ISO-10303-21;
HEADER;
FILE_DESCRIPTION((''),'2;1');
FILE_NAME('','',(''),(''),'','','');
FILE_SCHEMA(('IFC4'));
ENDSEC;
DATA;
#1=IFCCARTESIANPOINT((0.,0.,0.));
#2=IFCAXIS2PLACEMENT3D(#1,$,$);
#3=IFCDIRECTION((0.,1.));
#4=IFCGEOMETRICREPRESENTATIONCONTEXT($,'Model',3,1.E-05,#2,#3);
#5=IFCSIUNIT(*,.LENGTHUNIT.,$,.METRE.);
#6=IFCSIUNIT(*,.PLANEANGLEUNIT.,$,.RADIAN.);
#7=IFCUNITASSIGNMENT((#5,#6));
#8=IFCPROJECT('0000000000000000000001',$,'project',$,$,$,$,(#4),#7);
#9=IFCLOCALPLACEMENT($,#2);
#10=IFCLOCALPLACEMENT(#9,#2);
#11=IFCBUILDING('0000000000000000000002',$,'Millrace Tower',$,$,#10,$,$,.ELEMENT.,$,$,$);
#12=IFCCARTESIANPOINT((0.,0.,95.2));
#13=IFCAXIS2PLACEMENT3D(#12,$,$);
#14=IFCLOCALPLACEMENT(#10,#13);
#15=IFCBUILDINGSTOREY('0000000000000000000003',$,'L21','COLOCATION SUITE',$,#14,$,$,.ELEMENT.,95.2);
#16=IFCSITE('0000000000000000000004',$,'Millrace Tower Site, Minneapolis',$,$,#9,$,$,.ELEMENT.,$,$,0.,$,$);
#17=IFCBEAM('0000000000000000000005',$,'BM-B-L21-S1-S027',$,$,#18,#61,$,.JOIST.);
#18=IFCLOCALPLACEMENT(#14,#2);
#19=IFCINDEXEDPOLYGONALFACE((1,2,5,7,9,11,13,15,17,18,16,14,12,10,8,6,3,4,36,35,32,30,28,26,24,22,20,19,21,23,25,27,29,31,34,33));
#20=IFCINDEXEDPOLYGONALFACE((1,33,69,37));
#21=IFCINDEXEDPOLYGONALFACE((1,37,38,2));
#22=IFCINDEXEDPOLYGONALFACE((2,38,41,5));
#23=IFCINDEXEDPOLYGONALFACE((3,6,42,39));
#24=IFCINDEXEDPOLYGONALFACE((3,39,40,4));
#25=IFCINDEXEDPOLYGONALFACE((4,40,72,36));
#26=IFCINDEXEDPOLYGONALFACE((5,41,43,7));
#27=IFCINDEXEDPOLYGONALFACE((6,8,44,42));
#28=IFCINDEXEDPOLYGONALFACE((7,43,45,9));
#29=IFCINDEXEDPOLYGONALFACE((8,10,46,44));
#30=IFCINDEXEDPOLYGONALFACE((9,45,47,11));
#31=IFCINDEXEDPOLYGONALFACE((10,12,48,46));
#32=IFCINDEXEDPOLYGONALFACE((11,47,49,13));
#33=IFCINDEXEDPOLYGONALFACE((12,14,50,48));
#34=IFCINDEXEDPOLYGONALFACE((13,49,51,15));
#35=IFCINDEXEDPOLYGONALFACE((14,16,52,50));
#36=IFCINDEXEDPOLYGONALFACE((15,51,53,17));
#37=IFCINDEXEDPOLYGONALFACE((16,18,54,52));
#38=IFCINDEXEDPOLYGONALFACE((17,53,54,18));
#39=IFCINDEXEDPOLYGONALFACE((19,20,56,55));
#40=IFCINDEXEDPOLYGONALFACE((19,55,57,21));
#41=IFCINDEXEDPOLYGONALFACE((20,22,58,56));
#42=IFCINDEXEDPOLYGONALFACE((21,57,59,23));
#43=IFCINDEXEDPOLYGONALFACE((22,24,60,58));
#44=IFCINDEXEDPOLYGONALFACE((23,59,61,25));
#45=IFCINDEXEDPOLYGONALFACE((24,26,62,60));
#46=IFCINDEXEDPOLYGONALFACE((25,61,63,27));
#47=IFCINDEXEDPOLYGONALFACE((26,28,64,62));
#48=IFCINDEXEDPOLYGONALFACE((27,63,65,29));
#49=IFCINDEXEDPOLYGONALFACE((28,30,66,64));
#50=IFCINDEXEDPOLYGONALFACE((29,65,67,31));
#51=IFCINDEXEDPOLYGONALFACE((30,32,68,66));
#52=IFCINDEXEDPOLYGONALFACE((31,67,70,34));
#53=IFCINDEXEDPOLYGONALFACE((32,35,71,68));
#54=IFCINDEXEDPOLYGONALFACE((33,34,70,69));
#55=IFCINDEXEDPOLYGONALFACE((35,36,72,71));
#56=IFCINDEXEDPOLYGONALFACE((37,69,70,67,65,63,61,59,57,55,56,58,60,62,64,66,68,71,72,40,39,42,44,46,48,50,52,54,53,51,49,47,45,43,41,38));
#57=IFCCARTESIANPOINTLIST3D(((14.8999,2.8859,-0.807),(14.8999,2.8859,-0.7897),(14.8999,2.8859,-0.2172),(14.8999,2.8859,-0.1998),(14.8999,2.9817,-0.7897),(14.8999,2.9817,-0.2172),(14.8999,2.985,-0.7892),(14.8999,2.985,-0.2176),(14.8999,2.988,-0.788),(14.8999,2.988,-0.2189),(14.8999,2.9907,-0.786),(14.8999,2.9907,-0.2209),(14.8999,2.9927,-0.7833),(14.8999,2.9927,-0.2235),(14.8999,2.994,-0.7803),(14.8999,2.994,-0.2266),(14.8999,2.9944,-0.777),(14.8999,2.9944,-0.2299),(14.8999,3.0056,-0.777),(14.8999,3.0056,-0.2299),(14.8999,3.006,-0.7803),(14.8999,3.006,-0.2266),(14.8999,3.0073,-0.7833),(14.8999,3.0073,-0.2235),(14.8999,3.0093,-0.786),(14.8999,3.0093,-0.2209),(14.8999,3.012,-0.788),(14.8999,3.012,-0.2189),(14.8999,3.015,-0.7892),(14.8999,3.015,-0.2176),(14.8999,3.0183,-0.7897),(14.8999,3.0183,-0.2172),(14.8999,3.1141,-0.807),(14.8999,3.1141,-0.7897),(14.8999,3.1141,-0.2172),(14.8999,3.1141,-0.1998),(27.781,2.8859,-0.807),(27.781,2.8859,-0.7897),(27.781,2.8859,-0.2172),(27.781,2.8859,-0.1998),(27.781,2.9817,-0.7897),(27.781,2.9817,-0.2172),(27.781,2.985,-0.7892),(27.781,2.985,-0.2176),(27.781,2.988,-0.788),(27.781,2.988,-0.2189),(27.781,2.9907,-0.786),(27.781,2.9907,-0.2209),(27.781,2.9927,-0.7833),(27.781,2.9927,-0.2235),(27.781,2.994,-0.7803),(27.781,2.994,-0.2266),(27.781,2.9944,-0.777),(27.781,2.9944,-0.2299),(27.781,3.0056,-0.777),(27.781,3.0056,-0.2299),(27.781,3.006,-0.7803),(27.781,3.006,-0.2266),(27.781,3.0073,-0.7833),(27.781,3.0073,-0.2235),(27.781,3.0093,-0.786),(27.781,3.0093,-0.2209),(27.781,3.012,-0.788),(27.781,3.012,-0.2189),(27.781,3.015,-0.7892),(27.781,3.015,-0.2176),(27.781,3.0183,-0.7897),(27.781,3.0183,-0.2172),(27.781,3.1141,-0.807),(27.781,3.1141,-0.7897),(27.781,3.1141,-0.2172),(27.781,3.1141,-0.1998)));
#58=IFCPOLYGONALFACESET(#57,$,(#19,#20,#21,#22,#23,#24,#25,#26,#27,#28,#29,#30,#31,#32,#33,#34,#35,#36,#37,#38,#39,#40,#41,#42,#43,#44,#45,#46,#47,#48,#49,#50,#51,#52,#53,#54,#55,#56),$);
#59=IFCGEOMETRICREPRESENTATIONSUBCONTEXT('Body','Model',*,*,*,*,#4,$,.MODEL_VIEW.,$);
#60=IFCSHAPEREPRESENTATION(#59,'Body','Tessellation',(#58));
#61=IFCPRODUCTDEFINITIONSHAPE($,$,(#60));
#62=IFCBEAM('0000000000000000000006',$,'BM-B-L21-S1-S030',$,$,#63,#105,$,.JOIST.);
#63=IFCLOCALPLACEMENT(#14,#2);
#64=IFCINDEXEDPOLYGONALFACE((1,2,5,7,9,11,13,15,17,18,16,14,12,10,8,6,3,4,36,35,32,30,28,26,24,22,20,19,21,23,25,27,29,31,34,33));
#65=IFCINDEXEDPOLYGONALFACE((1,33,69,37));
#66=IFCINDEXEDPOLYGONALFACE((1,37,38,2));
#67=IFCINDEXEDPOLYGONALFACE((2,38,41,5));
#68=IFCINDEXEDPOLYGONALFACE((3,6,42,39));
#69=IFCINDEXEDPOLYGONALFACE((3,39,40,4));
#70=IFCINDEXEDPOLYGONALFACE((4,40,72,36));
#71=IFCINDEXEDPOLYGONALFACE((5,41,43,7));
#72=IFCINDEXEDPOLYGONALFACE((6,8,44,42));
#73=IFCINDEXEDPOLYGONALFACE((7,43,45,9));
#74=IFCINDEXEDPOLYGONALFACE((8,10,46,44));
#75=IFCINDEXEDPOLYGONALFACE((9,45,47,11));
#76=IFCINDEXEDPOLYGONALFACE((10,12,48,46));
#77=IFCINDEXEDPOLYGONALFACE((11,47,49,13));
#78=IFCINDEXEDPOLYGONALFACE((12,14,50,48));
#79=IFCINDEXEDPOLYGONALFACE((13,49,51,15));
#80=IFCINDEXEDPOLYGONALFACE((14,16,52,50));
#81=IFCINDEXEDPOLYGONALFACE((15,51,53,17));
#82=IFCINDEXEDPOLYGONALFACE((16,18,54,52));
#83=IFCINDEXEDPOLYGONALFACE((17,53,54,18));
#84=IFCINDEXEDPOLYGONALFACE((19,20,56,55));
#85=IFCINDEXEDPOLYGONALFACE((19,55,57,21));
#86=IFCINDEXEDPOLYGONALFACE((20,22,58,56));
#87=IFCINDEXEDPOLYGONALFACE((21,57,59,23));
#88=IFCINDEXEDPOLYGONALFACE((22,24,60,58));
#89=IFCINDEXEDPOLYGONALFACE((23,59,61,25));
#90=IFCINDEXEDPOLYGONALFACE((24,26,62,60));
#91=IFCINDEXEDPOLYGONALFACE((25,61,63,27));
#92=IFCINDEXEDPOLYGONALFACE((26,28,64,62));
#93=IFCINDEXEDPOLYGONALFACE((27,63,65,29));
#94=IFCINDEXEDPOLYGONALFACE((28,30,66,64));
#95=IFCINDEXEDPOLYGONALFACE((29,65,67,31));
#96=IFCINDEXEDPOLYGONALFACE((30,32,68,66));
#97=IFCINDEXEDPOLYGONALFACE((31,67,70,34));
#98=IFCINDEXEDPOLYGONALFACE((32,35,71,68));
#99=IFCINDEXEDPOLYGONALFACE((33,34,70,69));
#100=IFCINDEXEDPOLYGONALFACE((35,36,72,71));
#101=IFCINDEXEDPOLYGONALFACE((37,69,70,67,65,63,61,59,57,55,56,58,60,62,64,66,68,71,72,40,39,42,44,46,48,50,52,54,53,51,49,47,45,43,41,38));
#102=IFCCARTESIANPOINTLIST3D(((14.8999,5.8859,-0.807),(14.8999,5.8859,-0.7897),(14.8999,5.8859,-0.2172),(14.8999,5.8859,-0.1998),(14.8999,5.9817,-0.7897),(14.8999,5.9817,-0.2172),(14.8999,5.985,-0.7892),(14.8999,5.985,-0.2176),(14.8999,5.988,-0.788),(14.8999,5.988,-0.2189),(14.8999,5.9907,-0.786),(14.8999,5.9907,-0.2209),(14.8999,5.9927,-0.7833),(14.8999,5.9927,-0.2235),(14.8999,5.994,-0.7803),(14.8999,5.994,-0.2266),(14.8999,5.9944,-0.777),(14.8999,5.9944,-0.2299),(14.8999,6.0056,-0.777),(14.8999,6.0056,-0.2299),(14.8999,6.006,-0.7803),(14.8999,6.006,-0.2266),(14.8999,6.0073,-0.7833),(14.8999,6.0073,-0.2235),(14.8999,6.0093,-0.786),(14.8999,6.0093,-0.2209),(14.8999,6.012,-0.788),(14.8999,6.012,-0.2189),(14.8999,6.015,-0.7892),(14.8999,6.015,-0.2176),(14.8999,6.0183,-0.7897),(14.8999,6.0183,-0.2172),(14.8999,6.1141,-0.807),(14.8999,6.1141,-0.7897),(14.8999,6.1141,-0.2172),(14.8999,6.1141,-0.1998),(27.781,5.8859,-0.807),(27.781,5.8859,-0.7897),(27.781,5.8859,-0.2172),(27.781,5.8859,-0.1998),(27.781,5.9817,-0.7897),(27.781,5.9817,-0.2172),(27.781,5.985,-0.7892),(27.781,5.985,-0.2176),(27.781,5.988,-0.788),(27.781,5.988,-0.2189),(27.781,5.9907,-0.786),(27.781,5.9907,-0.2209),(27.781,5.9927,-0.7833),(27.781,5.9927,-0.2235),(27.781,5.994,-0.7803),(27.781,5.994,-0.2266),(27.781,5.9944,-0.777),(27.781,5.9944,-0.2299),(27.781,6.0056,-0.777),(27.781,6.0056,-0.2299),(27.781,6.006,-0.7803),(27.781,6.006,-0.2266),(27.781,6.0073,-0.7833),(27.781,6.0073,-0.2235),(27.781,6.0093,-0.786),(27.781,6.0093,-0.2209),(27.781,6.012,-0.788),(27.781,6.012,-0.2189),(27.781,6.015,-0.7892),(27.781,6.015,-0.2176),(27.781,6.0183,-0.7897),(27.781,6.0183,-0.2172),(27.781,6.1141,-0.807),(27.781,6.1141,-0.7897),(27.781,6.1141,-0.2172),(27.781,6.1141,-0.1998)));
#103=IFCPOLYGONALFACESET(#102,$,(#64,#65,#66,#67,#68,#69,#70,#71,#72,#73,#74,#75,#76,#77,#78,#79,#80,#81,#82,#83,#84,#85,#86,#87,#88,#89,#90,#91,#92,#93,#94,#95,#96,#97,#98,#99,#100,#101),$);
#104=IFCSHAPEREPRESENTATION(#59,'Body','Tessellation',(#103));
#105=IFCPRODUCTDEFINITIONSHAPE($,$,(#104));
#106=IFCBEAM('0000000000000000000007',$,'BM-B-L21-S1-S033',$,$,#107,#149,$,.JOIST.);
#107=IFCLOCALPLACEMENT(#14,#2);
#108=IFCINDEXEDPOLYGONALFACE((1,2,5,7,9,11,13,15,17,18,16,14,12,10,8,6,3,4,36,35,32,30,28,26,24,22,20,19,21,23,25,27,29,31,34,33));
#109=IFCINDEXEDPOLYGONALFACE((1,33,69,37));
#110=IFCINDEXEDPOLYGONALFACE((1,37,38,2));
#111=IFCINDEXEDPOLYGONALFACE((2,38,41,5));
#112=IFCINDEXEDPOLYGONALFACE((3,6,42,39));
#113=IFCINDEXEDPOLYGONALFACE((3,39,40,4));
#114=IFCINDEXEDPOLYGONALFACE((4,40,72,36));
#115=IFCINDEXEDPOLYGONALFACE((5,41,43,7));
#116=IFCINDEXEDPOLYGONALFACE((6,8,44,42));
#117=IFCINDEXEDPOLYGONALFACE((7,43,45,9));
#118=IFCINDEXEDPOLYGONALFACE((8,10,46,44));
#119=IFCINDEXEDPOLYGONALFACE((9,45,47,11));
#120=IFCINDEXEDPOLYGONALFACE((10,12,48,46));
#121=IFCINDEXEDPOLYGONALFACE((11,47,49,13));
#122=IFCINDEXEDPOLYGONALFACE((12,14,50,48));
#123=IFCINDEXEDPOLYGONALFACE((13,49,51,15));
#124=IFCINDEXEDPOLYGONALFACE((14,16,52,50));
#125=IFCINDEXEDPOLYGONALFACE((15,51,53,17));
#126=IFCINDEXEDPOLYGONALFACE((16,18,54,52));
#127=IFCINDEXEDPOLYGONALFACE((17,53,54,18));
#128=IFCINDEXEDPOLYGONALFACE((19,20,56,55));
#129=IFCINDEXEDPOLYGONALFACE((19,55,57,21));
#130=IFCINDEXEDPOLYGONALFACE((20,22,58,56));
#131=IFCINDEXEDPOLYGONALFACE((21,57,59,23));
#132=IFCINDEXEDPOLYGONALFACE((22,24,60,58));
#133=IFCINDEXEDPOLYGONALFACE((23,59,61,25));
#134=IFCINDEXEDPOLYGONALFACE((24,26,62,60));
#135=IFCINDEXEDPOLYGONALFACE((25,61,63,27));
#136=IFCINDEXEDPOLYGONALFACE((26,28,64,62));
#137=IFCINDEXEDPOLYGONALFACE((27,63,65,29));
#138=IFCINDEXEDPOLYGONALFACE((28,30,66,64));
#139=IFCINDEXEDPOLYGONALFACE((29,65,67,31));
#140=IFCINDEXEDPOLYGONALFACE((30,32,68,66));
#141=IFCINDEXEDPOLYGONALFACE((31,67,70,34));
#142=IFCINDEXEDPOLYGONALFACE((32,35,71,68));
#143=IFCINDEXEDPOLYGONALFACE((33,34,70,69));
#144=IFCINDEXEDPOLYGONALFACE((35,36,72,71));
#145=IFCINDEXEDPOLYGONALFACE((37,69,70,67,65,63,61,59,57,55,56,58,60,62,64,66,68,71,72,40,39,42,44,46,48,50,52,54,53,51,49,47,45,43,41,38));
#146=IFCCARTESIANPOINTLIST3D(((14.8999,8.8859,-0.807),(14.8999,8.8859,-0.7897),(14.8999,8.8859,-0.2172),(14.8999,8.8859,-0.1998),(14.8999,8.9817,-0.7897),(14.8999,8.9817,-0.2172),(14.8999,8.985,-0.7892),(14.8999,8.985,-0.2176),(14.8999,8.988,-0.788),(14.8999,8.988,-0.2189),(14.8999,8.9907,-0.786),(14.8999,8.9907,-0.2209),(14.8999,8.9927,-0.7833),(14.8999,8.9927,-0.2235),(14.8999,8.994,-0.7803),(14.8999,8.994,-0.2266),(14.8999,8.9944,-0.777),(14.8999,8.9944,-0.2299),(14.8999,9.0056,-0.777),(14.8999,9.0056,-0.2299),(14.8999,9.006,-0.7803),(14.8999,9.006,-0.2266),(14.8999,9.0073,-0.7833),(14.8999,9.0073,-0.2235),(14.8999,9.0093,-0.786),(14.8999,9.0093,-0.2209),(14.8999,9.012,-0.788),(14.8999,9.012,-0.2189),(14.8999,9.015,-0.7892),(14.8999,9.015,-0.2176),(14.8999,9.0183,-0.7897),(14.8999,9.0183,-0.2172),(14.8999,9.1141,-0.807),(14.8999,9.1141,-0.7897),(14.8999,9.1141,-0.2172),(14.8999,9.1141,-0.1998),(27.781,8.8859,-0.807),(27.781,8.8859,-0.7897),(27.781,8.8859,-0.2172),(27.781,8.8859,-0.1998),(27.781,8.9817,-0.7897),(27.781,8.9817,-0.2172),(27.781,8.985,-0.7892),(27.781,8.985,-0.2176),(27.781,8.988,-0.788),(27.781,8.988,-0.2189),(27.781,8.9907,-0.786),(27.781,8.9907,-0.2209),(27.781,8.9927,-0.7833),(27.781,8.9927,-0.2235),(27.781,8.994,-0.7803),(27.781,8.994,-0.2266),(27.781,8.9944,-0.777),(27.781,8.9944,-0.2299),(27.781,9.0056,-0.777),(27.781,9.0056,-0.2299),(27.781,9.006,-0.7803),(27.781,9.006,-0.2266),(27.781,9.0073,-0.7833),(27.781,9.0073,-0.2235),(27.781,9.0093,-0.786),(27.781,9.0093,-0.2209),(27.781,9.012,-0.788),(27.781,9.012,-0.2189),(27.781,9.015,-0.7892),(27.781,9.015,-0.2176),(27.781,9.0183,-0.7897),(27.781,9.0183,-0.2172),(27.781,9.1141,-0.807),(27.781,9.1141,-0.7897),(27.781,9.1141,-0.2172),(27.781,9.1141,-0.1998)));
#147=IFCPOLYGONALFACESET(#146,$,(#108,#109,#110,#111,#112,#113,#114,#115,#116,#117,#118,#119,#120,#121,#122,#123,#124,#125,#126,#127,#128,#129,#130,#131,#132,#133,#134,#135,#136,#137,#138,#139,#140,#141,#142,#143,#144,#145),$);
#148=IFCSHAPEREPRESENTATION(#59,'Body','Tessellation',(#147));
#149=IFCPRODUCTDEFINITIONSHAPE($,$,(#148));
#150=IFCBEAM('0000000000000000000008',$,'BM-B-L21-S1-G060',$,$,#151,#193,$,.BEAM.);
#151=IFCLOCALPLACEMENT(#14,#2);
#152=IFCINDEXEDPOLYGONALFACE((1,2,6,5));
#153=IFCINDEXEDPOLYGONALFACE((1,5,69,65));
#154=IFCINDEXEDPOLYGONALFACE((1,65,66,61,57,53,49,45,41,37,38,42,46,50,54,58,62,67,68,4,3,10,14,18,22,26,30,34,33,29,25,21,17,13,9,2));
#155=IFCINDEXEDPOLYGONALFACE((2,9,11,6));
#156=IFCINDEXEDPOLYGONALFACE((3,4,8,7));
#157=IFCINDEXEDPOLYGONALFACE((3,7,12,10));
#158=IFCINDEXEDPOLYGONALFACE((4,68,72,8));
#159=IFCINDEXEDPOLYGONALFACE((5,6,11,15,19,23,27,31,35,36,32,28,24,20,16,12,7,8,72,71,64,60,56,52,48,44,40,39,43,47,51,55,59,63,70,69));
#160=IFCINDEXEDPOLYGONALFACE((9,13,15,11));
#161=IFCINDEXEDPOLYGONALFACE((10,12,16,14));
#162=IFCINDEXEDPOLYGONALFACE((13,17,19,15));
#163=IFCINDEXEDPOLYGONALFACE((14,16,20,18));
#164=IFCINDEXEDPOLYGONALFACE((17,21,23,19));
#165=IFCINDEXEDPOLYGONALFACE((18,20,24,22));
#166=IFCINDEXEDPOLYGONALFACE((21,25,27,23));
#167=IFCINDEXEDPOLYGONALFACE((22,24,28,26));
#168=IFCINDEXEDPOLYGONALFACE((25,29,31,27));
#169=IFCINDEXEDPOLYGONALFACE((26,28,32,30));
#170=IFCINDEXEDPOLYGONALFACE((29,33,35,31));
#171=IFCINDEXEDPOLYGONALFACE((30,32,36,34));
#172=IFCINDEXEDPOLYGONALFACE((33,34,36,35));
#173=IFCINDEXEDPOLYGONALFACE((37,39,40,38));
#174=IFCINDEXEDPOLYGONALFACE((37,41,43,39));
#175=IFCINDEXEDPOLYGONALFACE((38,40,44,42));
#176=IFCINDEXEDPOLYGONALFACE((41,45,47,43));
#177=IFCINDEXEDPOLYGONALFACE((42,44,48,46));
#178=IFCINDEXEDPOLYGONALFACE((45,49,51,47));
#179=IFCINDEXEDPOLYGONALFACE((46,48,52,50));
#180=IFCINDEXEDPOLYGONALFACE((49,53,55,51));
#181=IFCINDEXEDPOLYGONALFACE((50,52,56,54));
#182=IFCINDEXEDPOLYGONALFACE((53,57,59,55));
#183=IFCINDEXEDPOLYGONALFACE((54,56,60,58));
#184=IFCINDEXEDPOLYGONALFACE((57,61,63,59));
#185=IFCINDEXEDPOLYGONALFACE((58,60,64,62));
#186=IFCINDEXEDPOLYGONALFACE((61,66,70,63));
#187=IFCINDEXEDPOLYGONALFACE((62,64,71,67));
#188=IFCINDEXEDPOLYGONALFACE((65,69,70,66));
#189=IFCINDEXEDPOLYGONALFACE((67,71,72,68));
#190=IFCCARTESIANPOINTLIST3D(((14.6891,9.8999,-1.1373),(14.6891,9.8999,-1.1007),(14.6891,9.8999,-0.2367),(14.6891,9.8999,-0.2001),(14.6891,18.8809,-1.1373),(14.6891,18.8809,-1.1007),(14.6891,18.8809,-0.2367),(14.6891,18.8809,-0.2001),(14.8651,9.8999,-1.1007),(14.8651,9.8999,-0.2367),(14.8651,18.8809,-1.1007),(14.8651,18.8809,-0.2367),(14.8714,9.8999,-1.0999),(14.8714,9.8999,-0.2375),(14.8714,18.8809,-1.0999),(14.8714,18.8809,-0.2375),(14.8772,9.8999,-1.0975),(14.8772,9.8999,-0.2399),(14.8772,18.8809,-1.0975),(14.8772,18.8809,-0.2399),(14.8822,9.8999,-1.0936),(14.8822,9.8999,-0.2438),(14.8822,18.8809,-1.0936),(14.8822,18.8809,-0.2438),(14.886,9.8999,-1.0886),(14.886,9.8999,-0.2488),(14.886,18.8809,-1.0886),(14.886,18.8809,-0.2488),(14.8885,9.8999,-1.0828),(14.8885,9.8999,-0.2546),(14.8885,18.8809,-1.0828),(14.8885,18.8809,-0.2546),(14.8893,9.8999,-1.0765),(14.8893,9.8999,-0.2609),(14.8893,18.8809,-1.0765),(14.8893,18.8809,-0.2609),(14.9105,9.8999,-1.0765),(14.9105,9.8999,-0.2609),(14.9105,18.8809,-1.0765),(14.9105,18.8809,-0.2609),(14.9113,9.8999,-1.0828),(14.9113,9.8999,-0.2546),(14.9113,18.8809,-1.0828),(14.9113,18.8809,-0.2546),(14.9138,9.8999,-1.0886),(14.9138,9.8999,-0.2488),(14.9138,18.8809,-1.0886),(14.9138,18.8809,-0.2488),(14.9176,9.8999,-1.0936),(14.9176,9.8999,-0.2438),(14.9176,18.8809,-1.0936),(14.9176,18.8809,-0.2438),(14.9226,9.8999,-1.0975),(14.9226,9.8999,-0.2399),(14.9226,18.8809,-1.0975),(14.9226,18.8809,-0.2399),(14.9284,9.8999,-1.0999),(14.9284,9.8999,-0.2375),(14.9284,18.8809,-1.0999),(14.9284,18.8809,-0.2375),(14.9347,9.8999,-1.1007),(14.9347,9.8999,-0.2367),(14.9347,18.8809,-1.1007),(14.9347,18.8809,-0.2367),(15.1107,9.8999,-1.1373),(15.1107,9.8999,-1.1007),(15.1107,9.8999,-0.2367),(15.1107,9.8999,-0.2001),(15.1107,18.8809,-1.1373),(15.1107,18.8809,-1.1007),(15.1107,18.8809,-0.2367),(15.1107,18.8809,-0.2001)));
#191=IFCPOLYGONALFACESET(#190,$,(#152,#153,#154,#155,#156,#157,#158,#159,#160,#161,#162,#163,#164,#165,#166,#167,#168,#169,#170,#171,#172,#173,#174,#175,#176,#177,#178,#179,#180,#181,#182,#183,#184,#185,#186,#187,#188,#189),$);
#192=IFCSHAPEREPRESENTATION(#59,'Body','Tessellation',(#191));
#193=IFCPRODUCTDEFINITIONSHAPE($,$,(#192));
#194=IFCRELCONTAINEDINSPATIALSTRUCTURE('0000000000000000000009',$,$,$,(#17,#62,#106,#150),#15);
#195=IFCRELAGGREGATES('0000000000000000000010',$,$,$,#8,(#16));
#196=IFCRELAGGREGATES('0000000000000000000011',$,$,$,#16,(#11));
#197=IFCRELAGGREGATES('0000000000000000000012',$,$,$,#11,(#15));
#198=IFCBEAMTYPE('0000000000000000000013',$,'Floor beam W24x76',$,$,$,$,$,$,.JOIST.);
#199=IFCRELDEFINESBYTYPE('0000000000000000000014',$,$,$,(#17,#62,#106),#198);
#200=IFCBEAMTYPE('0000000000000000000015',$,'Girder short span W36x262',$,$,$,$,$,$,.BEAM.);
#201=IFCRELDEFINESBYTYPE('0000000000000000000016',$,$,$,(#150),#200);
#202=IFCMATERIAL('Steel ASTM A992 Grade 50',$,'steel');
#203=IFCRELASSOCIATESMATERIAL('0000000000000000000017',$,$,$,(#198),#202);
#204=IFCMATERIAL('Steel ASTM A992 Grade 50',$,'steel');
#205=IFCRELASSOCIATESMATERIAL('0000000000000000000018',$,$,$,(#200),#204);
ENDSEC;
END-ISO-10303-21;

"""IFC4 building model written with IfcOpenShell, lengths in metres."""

from ifc_helpers import new_model, si_unit, direction, frame, origin, origin_2d, place, context, subcontext, project, spatial, i_section, extrude, material, material_profile, profile_set, type_object, element, save


model = new_model("IFC4")

# Units and contexts
model_context = context("Model", 3, precision=1e-05, world=origin(), true_north=direction((0.0, 1.0)))
body_context = subcontext(model_context, "Body", "Model", "MODEL_VIEW")
ifc_project = project(units=[si_unit("LENGTHUNIT", "METRE"), si_unit("PLANEANGLEUNIT", "RADIAN")], contexts=[model_context])

# Site, building, storey
site_placement = place(None, origin())
site = spatial("IfcSite", under=ifc_project, at=site_placement, Name="Millrace Tower Site, Minneapolis", CompositionType="ELEMENT", RefElevation=0.0)
building_placement = place(site_placement, origin())
building = spatial("IfcBuilding", under=site, at=building_placement, Name="Millrace Tower", CompositionType="ELEMENT")
storey_placement = place(building_placement, frame((0.0, 0.0, 95.2)))
storey = spatial("IfcBuildingStorey", under=building, at=storey_placement, Name="L21", Description="COLOCATION SUITE", CompositionType="ELEMENT", Elevation=95.2)

# Beams
ifc_material_1 = material(Name="Steel ASTM A992 Grade 50", Category="steel")
ifc_material_profile_1 = material_profile(ifc_material_1, i_section(OverallWidth=0.2283, OverallDepth=0.6072, WebThickness=0.0112, FlangeThickness=0.0173, FilletRadius=0.0127, at=origin_2d()))
ifc_profile_set_1 = profile_set([ifc_material_profile_1], Name="Steel ASTM A992 Grade 50")
beam_type_1 = type_object("IfcBeamType", Name="Floor beam W24x76", PredefinedType="JOIST", material=ifc_profile_set_1)
for number, where, z_axis, x_axis, name in (
    (1, (14.8999, 3.0, -0.5034), (1.0, 0.0, 0.0), (0.0, 1.0, 0.0), "BM-B-L21-S1-S027"),
    (2, (14.8999, 6.0, -0.5034), (1.0, 0.0, 0.0), (0.0, 1.0, 0.0), "BM-B-L21-S1-S030"),
    (3, (14.8999, 9.0, -0.5034), (1.0, 0.0, 0.0), (0.0, 1.0, 0.0), "BM-B-L21-S1-S033"),
):
    element("IfcBeam", number, at=place(storey_placement, frame(where, z_axis=z_axis, x_axis=x_axis)), inside=storey, type_object=beam_type_1, Name=name, PredefinedType="JOIST", context=body_context, shape_type="SweptSolid", body=[
        extrude(i_section(OverallWidth=0.2283, OverallDepth=0.6072, WebThickness=0.0112, FlangeThickness=0.0173, FilletRadius=0.0127, at=origin_2d()), origin(), (0.0, 0.0, 1.0), 12.8811),
    ])
ifc_material_2 = material(Name="Steel ASTM A992 Grade 50", Category="steel")
ifc_material_profile_2 = material_profile(ifc_material_2, i_section(OverallWidth=0.4216, OverallDepth=0.9373, WebThickness=0.0212, FlangeThickness=0.0366, FilletRadius=0.0242, at=origin_2d()))
ifc_profile_set_2 = profile_set([ifc_material_profile_2], Name="Steel ASTM A992 Grade 50")
beam_type_2 = type_object("IfcBeamType", Name="Girder short span W36x262", PredefinedType="BEAM", material=ifc_profile_set_2)
beam_1_placement = place(storey_placement, frame((14.8999, 9.8999, -0.6687), z_axis=(0.0, 1.0, 0.0), x_axis=(-1.0, 0.0, 0.0)))
element("IfcBeam", 4, at=beam_1_placement, inside=storey, type_object=beam_type_2, Name="BM-B-L21-S1-G060", PredefinedType="BEAM", context=body_context, shape_type="SweptSolid", body=[
    extrude(i_section(OverallWidth=0.4216, OverallDepth=0.9373, WebThickness=0.0212, FlangeThickness=0.0366, FilletRadius=0.0242, at=origin_2d()), origin(), (0.0, 0.0, 1.0), 8.981),
])

save(model, "model.ifc")
